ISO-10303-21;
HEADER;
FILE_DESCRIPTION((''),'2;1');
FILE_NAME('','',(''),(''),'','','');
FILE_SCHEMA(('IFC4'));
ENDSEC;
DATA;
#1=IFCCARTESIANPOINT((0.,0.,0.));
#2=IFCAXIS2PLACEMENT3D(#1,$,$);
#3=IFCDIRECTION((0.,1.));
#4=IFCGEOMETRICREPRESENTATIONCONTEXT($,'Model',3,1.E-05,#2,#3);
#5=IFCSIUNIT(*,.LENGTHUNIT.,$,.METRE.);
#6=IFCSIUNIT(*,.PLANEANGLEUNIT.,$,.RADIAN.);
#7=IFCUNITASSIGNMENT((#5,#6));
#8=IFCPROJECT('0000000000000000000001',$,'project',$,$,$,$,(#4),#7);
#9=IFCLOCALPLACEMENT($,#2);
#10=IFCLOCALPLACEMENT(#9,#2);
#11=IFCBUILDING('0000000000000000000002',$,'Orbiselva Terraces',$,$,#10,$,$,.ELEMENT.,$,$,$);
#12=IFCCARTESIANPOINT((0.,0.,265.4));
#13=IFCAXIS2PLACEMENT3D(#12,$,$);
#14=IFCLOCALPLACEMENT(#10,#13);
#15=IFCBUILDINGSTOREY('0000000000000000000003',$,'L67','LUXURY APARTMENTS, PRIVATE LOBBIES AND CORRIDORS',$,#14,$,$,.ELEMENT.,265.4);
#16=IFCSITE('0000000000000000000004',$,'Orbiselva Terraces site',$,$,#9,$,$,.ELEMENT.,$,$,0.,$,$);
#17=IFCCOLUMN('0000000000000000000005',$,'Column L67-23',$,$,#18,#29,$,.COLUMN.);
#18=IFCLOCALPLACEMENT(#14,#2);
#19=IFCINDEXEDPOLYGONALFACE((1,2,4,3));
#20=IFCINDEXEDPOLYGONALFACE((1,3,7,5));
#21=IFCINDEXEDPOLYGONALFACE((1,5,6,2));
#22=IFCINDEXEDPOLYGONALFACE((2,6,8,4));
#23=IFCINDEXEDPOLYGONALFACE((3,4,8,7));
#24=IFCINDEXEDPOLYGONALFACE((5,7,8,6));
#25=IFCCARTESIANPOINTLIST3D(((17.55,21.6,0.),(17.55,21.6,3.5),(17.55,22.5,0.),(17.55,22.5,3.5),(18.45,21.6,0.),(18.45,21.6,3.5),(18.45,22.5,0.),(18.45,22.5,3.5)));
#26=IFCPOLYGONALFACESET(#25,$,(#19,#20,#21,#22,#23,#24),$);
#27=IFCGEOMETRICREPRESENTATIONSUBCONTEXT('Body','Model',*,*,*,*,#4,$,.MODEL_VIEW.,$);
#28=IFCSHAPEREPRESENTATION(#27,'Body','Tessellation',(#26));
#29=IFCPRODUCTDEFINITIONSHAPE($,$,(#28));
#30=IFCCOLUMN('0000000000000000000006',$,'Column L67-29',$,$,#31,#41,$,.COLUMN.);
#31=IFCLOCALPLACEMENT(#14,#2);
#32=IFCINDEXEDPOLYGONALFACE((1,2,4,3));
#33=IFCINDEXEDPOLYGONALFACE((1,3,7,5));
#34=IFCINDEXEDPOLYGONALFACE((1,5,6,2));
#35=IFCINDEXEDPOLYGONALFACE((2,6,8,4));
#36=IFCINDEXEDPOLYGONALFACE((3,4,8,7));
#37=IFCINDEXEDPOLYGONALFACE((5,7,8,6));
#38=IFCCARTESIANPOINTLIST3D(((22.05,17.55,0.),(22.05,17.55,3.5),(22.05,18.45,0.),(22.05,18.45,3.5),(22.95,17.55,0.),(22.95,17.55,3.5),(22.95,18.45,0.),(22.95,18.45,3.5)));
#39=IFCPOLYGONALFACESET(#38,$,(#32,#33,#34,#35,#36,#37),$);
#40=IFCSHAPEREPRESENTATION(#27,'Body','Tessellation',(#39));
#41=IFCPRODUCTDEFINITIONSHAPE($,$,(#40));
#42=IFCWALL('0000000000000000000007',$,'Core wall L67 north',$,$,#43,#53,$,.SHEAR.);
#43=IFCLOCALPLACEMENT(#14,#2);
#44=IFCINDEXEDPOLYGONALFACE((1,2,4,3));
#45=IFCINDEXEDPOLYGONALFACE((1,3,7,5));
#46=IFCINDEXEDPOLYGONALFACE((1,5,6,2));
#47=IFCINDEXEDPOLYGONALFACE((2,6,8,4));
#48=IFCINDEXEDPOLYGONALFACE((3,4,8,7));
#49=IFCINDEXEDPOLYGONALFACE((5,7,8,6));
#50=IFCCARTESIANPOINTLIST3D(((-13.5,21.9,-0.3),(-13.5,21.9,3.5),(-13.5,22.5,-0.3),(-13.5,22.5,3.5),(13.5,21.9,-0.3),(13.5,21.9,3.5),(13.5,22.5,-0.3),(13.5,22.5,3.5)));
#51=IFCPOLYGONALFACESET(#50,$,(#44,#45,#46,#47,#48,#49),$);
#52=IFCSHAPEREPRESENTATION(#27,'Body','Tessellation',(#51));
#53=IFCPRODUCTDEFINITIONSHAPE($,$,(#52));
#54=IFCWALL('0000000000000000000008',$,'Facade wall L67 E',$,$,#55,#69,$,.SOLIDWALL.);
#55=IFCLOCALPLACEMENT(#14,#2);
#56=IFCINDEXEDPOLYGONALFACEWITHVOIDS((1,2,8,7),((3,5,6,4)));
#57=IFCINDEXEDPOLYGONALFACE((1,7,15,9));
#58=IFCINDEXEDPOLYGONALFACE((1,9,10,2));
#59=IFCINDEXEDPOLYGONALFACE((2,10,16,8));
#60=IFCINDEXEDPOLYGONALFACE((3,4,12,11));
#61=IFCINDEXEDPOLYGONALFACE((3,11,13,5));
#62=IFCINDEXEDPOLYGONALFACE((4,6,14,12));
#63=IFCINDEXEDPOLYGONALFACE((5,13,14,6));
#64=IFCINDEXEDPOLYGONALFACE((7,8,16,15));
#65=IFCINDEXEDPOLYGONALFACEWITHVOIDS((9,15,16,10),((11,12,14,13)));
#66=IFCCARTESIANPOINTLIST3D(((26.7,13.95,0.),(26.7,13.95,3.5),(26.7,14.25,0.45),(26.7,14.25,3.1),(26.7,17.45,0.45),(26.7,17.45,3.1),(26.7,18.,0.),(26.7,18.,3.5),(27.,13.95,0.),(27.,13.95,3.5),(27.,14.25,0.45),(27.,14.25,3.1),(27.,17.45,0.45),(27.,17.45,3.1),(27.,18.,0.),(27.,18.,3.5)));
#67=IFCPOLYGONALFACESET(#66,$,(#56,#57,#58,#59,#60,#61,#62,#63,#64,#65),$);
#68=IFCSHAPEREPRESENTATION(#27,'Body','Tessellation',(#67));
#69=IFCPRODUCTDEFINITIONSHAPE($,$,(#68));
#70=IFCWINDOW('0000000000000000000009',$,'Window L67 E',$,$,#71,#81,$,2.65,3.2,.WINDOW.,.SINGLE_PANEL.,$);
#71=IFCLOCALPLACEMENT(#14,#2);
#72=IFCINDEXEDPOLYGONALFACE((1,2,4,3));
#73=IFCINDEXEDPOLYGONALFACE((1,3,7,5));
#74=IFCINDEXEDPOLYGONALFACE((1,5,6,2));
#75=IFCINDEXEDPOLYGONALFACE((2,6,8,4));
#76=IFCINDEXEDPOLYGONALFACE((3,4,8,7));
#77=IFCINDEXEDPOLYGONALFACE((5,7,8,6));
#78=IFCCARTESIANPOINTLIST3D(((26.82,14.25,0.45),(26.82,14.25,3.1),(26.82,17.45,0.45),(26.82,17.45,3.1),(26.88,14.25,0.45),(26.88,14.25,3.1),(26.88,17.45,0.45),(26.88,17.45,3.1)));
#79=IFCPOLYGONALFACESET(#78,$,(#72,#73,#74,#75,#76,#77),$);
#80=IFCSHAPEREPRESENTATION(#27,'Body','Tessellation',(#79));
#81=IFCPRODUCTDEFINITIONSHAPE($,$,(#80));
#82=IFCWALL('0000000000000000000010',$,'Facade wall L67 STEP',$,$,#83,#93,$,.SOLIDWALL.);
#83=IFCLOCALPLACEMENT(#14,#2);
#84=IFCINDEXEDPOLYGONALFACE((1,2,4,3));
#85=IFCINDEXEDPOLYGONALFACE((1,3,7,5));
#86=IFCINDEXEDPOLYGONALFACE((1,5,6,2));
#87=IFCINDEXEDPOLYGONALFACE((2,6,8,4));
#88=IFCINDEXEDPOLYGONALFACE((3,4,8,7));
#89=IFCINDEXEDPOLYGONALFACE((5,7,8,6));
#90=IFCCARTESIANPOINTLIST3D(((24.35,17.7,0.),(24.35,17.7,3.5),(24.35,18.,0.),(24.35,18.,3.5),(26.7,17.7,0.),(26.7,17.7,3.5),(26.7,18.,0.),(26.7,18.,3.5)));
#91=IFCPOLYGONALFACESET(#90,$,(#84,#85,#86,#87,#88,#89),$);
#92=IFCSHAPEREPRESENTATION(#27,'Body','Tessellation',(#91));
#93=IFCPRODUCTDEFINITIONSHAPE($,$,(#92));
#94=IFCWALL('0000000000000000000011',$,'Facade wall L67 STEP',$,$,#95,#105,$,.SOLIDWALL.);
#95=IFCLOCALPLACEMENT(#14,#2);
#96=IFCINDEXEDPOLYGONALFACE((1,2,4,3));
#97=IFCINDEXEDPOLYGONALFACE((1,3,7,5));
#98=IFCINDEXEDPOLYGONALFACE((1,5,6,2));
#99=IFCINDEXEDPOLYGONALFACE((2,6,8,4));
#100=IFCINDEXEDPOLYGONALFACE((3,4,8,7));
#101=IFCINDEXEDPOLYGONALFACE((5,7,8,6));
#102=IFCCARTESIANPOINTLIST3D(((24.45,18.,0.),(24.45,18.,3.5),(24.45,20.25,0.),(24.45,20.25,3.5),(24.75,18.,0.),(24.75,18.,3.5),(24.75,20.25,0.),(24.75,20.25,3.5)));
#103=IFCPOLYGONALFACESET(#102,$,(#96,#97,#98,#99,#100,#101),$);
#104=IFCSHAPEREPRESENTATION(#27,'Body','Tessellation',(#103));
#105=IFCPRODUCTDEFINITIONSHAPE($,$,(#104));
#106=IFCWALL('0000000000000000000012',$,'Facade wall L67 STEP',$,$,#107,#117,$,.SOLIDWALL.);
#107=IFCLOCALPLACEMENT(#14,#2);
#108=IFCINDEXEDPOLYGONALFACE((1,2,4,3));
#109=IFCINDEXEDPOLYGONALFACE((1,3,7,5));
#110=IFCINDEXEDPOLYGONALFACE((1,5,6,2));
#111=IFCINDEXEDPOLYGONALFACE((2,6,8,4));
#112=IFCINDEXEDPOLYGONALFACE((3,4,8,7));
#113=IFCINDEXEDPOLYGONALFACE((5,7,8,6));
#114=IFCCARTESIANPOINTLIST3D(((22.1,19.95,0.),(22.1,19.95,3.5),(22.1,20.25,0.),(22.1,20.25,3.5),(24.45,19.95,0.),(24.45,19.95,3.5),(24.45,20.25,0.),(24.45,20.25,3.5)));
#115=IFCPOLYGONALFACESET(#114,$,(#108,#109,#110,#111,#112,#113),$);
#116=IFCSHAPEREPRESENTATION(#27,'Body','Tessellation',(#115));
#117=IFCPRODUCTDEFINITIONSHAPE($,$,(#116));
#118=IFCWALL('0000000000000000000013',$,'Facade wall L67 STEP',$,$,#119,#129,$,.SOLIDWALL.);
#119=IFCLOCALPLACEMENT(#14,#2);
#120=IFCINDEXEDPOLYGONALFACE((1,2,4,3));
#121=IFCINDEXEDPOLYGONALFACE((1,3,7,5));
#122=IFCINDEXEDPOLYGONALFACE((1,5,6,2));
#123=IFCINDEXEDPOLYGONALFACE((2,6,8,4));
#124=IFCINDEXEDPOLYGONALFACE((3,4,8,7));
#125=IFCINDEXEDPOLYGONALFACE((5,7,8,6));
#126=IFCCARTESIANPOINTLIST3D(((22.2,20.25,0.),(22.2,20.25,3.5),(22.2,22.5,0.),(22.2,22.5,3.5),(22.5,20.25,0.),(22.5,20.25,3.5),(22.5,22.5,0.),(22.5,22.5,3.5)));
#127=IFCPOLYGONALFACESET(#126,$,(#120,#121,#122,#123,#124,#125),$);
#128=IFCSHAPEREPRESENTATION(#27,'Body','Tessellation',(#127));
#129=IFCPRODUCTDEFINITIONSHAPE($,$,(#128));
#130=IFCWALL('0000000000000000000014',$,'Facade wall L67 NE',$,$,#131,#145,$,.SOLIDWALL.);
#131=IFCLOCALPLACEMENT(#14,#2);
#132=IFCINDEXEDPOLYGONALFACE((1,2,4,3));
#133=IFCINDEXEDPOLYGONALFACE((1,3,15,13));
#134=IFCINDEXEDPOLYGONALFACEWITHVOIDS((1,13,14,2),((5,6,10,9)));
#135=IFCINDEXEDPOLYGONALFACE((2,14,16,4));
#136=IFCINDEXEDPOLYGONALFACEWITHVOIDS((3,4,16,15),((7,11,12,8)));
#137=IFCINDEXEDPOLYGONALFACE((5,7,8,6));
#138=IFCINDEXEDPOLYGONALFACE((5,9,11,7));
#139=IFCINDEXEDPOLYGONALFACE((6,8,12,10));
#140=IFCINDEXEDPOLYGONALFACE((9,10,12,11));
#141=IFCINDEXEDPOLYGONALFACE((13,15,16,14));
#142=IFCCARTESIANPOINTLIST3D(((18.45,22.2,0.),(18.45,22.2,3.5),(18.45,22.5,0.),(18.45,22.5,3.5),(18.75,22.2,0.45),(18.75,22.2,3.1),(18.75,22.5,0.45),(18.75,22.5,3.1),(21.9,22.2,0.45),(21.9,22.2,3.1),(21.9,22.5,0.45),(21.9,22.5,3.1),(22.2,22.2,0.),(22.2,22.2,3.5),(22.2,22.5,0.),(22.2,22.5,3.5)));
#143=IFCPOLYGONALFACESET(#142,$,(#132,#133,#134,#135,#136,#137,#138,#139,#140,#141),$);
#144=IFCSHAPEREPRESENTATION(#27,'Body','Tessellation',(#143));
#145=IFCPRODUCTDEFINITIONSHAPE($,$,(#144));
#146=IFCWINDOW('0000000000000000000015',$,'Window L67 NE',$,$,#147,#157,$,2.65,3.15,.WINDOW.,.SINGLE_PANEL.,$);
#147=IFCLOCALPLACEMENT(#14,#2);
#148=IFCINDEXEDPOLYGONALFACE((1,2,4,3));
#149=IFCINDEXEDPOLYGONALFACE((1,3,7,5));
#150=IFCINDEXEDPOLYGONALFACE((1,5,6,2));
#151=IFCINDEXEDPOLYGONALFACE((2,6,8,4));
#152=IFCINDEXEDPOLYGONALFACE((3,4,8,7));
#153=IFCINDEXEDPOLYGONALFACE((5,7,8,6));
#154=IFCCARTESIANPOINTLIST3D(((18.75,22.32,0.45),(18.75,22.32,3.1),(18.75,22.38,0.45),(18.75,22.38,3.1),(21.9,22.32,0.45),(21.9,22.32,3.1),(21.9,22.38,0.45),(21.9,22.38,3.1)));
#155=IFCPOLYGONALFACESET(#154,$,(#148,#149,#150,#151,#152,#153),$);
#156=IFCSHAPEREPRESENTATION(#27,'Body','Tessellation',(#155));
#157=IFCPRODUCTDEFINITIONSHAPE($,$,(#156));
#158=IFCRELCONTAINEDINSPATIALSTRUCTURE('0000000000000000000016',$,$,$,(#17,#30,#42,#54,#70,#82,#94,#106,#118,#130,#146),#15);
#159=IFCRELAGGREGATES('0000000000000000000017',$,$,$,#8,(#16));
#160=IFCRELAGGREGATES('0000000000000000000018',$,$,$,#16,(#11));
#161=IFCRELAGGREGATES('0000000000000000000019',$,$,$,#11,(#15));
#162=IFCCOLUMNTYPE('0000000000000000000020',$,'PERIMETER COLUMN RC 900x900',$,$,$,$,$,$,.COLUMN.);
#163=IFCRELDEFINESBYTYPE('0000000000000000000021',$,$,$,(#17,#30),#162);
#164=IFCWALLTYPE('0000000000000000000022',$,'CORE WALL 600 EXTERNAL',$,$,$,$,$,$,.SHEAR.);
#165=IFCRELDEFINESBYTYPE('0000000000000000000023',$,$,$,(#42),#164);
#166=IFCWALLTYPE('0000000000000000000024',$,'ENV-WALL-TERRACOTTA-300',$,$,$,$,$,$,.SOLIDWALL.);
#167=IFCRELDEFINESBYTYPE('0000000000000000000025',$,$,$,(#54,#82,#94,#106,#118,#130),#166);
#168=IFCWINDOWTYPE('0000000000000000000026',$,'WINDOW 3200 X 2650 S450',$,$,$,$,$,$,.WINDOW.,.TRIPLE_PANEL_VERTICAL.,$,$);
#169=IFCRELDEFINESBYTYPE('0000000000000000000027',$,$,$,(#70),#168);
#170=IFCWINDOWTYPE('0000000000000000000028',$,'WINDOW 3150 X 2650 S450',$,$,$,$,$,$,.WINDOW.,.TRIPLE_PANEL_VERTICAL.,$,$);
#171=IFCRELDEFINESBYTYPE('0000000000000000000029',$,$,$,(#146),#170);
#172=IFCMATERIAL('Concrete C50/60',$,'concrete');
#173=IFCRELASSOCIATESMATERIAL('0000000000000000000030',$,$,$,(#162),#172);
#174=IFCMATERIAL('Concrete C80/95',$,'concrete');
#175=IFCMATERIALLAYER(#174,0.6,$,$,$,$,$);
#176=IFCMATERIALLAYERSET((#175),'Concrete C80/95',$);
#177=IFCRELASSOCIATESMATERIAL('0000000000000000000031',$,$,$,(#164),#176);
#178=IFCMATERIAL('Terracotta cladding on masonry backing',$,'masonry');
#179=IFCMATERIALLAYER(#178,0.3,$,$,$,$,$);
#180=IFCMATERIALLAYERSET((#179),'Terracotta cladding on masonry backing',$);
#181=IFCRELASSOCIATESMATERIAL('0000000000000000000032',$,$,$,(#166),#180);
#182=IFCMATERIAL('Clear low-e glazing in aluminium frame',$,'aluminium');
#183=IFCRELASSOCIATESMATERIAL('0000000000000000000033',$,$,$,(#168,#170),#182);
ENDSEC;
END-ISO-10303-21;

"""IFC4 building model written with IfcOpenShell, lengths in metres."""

from ifc_helpers import new_model, si_unit, direction, frame, frame_2d, origin, origin_2d, place, context, subcontext, project, spatial, rectangle, extrude, material, layer, layer_set, material_profile, profile_set, type_object, element, fill, save


model = new_model("IFC4")

# Units and contexts
model_context = context("Model", 3, precision=1e-05, world=origin(), true_north=direction((0.0, 1.0)))
body_context = subcontext(model_context, "Body", "Model", "MODEL_VIEW")
ifc_project = project(units=[si_unit("LENGTHUNIT", "METRE"), si_unit("PLANEANGLEUNIT", "RADIAN")], contexts=[model_context])

# Site, building, storey
site_placement = place(None, origin())
site = spatial("IfcSite", under=ifc_project, at=site_placement, Name="Orbiselva Terraces site", CompositionType="ELEMENT", RefElevation=0.0)
building_placement = place(site_placement, origin())
building = spatial("IfcBuilding", under=site, at=building_placement, Name="Orbiselva Terraces", CompositionType="ELEMENT")
storey_placement = place(building_placement, frame((0.0, 0.0, 265.4)))
storey = spatial("IfcBuildingStorey", under=building, at=storey_placement, Name="L67", Description="LUXURY APARTMENTS, PRIVATE LOBBIES AND CORRIDORS", CompositionType="ELEMENT", Elevation=265.4)

# Columns
ifc_material_1 = material(Name="Concrete C50/60", Category="concrete")
ifc_material_profile = material_profile(ifc_material_1, rectangle(XDim=0.9, YDim=0.9, at=origin_2d()), Name="RC 900x900")
ifc_profile_set = profile_set([ifc_material_profile], Name="Concrete C50/60")
column_type = type_object("IfcColumnType", Name="PERIMETER COLUMN RC 900x900", PredefinedType="COLUMN", material=ifc_profile_set)
for number, where, z_axis, x_axis, name in (
    (1, (18.0, 22.05, 0.0), (0.0, 0.0, 1.0), (1.0, 0.0, 0.0), "Column L67-23"),
    (2, (22.5, 18.0, 0.0), (0.0, 0.0, 1.0), (1.0, 0.0, 0.0), "Column L67-29"),
):
    element("IfcColumn", number, at=place(storey_placement, frame(where, z_axis=z_axis, x_axis=x_axis)), inside=storey, type_object=column_type, Name=name, PredefinedType="COLUMN", context=body_context, shape_type="SweptSolid", body=[
        extrude(rectangle(XDim=0.9, YDim=0.9, at=origin_2d()), origin(), (0.0, 0.0, 1.0), 3.5),
    ])

# Wall
ifc_material_2 = material(Name="Concrete C80/95", Category="concrete")
ifc_layer_1 = layer(ifc_material_2, 0.6)
ifc_layer_set_1 = layer_set([ifc_layer_1], Name="Concrete C80/95")
wall_type_1 = type_object("IfcWallType", Name="CORE WALL 600 EXTERNAL", PredefinedType="SHEAR", material=ifc_layer_set_1)
wall_1_placement = place(storey_placement, frame((13.5, 22.2, -0.3), z_axis=(0.0, 0.0, 1.0), x_axis=(-1.0, 0.0, 0.0)))
element("IfcWall", 3, at=wall_1_placement, inside=storey, type_object=wall_type_1, Name="Core wall L67 north", PredefinedType="SHEAR", context=body_context, shape_type="SweptSolid", body=[
    extrude(rectangle(XDim=27.0, YDim=0.6, at=frame_2d((13.5, 0.0))), origin(), (0.0, 0.0, 1.0), 3.8),
])

# Wall, opening, window
ifc_material_3 = material(Name="Terracotta cladding on masonry backing", Category="masonry")
ifc_layer_2 = layer(ifc_material_3, 0.3)
ifc_layer_set_2 = layer_set([ifc_layer_2], Name="Terracotta cladding on masonry backing")
wall_type_2 = type_object("IfcWallType", Name="ENV-WALL-TERRACOTTA-300", PredefinedType="SOLIDWALL", material=ifc_layer_set_2)
wall_2_placement = place(storey_placement, frame((26.85, 18.0, 0.0), z_axis=(0.0, 0.0, 1.0), x_axis=(0.0, -1.0, 0.0)))
wall_2 = element("IfcWall", 4, at=wall_2_placement, inside=storey, type_object=wall_type_2, Name="Facade wall L67 E", PredefinedType="SOLIDWALL", context=body_context, shape_type="SweptSolid", body=[
    extrude(rectangle(XDim=4.05, YDim=0.3, at=frame_2d((2.025, 0.0))), origin(), (0.0, 0.0, 1.0), 3.5),
])
opening_1_placement = place(wall_2_placement, frame((0.55, 0.0, 0.45)))
opening_1 = element("IfcOpeningElement", 5, at=opening_1_placement, cuts=wall_2, PredefinedType="OPENING", context=body_context, shape_type="SweptSolid", body=[
    extrude(rectangle(XDim=3.2, YDim=2.65, at=frame_2d((1.6, 1.325))), frame((0.0, 0.16, 0.0), z_axis=(0.0, -1.0, 0.0), x_axis=(1.0, 0.0, 0.0)), (0.0, 0.0, 1.0), 0.32),
])
ifc_material_4 = material(Name="Clear low-e glazing in aluminium frame", Category="aluminium")
window_type_1 = type_object("IfcWindowType", Name="WINDOW 3200 X 2650 S450", PartitioningType="TRIPLE_PANEL_VERTICAL", PredefinedType="WINDOW", material=ifc_material_4)
window_1_placement = place(opening_1_placement, origin())
window_1 = element("IfcWindow", 6, at=window_1_placement, inside=storey, type_object=window_type_1, Name="Window L67 E", OverallHeight=2.65, OverallWidth=3.2, PartitioningType="SINGLE_PANEL", PredefinedType="WINDOW", context=body_context, shape_type="SweptSolid", body=[
    extrude(rectangle(XDim=3.2, YDim=2.65, at=frame_2d((1.6, 1.325))), frame((0.0, 0.03, 0.0), z_axis=(0.0, -1.0, 0.0), x_axis=(1.0, 0.0, 0.0)), (0.0, 0.0, 1.0), 0.06),
])
fill(opening_1, window_1)

# Walls
wall_3_placement = place(storey_placement, frame((24.35, 17.85, 0.0), z_axis=(0.0, 0.0, 1.0), x_axis=(1.0, 0.0, 0.0)))
element("IfcWall", 7, at=wall_3_placement, inside=storey, type_object=wall_type_2, Name="Facade wall L67 STEP", PredefinedType="SOLIDWALL", context=body_context, shape_type="SweptSolid", body=[
    extrude(rectangle(XDim=2.35, YDim=0.3, at=frame_2d((1.175, 0.0))), origin(), (0.0, 0.0, 1.0), 3.5),
])
wall_4_placement = place(storey_placement, frame((24.6, 20.25, 0.0), z_axis=(0.0, 0.0, 1.0), x_axis=(0.0, -1.0, 0.0)))
element("IfcWall", 8, at=wall_4_placement, inside=storey, type_object=wall_type_2, Name="Facade wall L67 STEP", PredefinedType="SOLIDWALL", context=body_context, shape_type="SweptSolid", body=[
    extrude(rectangle(XDim=2.25, YDim=0.3, at=frame_2d((1.125, 0.0))), origin(), (0.0, 0.0, 1.0), 3.5),
])
wall_5_placement = place(storey_placement, frame((22.1, 20.1, 0.0), z_axis=(0.0, 0.0, 1.0), x_axis=(1.0, 0.0, 0.0)))
element("IfcWall", 9, at=wall_5_placement, inside=storey, type_object=wall_type_2, Name="Facade wall L67 STEP", PredefinedType="SOLIDWALL", context=body_context, shape_type="SweptSolid", body=[
    extrude(rectangle(XDim=2.35, YDim=0.3, at=frame_2d((1.175, 0.0))), origin(), (0.0, 0.0, 1.0), 3.5),
])
wall_6_placement = place(storey_placement, frame((22.35, 22.5, 0.0), z_axis=(0.0, 0.0, 1.0), x_axis=(0.0, -1.0, 0.0)))
element("IfcWall", 10, at=wall_6_placement, inside=storey, type_object=wall_type_2, Name="Facade wall L67 STEP", PredefinedType="SOLIDWALL", context=body_context, shape_type="SweptSolid", body=[
    extrude(rectangle(XDim=2.25, YDim=0.3, at=frame_2d((1.125, 0.0))), origin(), (0.0, 0.0, 1.0), 3.5),
])

# Wall, opening, window
wall_7_placement = place(storey_placement, frame((18.45, 22.35, 0.0), z_axis=(0.0, 0.0, 1.0), x_axis=(1.0, 0.0, 0.0)))
wall_7 = element("IfcWall", 11, at=wall_7_placement, inside=storey, type_object=wall_type_2, Name="Facade wall L67 NE", PredefinedType="SOLIDWALL", context=body_context, shape_type="SweptSolid", body=[
    extrude(rectangle(XDim=3.75, YDim=0.3, at=frame_2d((1.875, 0.0))), origin(), (0.0, 0.0, 1.0), 3.5),
])
opening_2_placement = place(wall_7_placement, frame((0.3, 0.0, 0.45)))
opening_2 = element("IfcOpeningElement", 12, at=opening_2_placement, cuts=wall_7, PredefinedType="OPENING", context=body_context, shape_type="SweptSolid", body=[
    extrude(rectangle(XDim=3.15, YDim=2.65, at=frame_2d((1.575, 1.325))), frame((0.0, 0.16, 0.0), z_axis=(0.0, -1.0, 0.0), x_axis=(1.0, 0.0, 0.0)), (0.0, 0.0, 1.0), 0.32),
])
window_type_2 = type_object("IfcWindowType", Name="WINDOW 3150 X 2650 S450", PartitioningType="TRIPLE_PANEL_VERTICAL", PredefinedType="WINDOW", material=ifc_material_4)
window_2_placement = place(opening_2_placement, origin())
window_2 = element("IfcWindow", 13, at=window_2_placement, inside=storey, type_object=window_type_2, Name="Window L67 NE", OverallHeight=2.65, OverallWidth=3.15, PartitioningType="SINGLE_PANEL", PredefinedType="WINDOW", context=body_context, shape_type="SweptSolid", body=[
    extrude(rectangle(XDim=3.15, YDim=2.65, at=frame_2d((1.575, 1.325))), frame((0.0, 0.03, 0.0), z_axis=(0.0, -1.0, 0.0), x_axis=(1.0, 0.0, 0.0)), (0.0, 0.0, 1.0), 0.06),
])
fill(opening_2, window_2)

save(model, "model.ifc")
